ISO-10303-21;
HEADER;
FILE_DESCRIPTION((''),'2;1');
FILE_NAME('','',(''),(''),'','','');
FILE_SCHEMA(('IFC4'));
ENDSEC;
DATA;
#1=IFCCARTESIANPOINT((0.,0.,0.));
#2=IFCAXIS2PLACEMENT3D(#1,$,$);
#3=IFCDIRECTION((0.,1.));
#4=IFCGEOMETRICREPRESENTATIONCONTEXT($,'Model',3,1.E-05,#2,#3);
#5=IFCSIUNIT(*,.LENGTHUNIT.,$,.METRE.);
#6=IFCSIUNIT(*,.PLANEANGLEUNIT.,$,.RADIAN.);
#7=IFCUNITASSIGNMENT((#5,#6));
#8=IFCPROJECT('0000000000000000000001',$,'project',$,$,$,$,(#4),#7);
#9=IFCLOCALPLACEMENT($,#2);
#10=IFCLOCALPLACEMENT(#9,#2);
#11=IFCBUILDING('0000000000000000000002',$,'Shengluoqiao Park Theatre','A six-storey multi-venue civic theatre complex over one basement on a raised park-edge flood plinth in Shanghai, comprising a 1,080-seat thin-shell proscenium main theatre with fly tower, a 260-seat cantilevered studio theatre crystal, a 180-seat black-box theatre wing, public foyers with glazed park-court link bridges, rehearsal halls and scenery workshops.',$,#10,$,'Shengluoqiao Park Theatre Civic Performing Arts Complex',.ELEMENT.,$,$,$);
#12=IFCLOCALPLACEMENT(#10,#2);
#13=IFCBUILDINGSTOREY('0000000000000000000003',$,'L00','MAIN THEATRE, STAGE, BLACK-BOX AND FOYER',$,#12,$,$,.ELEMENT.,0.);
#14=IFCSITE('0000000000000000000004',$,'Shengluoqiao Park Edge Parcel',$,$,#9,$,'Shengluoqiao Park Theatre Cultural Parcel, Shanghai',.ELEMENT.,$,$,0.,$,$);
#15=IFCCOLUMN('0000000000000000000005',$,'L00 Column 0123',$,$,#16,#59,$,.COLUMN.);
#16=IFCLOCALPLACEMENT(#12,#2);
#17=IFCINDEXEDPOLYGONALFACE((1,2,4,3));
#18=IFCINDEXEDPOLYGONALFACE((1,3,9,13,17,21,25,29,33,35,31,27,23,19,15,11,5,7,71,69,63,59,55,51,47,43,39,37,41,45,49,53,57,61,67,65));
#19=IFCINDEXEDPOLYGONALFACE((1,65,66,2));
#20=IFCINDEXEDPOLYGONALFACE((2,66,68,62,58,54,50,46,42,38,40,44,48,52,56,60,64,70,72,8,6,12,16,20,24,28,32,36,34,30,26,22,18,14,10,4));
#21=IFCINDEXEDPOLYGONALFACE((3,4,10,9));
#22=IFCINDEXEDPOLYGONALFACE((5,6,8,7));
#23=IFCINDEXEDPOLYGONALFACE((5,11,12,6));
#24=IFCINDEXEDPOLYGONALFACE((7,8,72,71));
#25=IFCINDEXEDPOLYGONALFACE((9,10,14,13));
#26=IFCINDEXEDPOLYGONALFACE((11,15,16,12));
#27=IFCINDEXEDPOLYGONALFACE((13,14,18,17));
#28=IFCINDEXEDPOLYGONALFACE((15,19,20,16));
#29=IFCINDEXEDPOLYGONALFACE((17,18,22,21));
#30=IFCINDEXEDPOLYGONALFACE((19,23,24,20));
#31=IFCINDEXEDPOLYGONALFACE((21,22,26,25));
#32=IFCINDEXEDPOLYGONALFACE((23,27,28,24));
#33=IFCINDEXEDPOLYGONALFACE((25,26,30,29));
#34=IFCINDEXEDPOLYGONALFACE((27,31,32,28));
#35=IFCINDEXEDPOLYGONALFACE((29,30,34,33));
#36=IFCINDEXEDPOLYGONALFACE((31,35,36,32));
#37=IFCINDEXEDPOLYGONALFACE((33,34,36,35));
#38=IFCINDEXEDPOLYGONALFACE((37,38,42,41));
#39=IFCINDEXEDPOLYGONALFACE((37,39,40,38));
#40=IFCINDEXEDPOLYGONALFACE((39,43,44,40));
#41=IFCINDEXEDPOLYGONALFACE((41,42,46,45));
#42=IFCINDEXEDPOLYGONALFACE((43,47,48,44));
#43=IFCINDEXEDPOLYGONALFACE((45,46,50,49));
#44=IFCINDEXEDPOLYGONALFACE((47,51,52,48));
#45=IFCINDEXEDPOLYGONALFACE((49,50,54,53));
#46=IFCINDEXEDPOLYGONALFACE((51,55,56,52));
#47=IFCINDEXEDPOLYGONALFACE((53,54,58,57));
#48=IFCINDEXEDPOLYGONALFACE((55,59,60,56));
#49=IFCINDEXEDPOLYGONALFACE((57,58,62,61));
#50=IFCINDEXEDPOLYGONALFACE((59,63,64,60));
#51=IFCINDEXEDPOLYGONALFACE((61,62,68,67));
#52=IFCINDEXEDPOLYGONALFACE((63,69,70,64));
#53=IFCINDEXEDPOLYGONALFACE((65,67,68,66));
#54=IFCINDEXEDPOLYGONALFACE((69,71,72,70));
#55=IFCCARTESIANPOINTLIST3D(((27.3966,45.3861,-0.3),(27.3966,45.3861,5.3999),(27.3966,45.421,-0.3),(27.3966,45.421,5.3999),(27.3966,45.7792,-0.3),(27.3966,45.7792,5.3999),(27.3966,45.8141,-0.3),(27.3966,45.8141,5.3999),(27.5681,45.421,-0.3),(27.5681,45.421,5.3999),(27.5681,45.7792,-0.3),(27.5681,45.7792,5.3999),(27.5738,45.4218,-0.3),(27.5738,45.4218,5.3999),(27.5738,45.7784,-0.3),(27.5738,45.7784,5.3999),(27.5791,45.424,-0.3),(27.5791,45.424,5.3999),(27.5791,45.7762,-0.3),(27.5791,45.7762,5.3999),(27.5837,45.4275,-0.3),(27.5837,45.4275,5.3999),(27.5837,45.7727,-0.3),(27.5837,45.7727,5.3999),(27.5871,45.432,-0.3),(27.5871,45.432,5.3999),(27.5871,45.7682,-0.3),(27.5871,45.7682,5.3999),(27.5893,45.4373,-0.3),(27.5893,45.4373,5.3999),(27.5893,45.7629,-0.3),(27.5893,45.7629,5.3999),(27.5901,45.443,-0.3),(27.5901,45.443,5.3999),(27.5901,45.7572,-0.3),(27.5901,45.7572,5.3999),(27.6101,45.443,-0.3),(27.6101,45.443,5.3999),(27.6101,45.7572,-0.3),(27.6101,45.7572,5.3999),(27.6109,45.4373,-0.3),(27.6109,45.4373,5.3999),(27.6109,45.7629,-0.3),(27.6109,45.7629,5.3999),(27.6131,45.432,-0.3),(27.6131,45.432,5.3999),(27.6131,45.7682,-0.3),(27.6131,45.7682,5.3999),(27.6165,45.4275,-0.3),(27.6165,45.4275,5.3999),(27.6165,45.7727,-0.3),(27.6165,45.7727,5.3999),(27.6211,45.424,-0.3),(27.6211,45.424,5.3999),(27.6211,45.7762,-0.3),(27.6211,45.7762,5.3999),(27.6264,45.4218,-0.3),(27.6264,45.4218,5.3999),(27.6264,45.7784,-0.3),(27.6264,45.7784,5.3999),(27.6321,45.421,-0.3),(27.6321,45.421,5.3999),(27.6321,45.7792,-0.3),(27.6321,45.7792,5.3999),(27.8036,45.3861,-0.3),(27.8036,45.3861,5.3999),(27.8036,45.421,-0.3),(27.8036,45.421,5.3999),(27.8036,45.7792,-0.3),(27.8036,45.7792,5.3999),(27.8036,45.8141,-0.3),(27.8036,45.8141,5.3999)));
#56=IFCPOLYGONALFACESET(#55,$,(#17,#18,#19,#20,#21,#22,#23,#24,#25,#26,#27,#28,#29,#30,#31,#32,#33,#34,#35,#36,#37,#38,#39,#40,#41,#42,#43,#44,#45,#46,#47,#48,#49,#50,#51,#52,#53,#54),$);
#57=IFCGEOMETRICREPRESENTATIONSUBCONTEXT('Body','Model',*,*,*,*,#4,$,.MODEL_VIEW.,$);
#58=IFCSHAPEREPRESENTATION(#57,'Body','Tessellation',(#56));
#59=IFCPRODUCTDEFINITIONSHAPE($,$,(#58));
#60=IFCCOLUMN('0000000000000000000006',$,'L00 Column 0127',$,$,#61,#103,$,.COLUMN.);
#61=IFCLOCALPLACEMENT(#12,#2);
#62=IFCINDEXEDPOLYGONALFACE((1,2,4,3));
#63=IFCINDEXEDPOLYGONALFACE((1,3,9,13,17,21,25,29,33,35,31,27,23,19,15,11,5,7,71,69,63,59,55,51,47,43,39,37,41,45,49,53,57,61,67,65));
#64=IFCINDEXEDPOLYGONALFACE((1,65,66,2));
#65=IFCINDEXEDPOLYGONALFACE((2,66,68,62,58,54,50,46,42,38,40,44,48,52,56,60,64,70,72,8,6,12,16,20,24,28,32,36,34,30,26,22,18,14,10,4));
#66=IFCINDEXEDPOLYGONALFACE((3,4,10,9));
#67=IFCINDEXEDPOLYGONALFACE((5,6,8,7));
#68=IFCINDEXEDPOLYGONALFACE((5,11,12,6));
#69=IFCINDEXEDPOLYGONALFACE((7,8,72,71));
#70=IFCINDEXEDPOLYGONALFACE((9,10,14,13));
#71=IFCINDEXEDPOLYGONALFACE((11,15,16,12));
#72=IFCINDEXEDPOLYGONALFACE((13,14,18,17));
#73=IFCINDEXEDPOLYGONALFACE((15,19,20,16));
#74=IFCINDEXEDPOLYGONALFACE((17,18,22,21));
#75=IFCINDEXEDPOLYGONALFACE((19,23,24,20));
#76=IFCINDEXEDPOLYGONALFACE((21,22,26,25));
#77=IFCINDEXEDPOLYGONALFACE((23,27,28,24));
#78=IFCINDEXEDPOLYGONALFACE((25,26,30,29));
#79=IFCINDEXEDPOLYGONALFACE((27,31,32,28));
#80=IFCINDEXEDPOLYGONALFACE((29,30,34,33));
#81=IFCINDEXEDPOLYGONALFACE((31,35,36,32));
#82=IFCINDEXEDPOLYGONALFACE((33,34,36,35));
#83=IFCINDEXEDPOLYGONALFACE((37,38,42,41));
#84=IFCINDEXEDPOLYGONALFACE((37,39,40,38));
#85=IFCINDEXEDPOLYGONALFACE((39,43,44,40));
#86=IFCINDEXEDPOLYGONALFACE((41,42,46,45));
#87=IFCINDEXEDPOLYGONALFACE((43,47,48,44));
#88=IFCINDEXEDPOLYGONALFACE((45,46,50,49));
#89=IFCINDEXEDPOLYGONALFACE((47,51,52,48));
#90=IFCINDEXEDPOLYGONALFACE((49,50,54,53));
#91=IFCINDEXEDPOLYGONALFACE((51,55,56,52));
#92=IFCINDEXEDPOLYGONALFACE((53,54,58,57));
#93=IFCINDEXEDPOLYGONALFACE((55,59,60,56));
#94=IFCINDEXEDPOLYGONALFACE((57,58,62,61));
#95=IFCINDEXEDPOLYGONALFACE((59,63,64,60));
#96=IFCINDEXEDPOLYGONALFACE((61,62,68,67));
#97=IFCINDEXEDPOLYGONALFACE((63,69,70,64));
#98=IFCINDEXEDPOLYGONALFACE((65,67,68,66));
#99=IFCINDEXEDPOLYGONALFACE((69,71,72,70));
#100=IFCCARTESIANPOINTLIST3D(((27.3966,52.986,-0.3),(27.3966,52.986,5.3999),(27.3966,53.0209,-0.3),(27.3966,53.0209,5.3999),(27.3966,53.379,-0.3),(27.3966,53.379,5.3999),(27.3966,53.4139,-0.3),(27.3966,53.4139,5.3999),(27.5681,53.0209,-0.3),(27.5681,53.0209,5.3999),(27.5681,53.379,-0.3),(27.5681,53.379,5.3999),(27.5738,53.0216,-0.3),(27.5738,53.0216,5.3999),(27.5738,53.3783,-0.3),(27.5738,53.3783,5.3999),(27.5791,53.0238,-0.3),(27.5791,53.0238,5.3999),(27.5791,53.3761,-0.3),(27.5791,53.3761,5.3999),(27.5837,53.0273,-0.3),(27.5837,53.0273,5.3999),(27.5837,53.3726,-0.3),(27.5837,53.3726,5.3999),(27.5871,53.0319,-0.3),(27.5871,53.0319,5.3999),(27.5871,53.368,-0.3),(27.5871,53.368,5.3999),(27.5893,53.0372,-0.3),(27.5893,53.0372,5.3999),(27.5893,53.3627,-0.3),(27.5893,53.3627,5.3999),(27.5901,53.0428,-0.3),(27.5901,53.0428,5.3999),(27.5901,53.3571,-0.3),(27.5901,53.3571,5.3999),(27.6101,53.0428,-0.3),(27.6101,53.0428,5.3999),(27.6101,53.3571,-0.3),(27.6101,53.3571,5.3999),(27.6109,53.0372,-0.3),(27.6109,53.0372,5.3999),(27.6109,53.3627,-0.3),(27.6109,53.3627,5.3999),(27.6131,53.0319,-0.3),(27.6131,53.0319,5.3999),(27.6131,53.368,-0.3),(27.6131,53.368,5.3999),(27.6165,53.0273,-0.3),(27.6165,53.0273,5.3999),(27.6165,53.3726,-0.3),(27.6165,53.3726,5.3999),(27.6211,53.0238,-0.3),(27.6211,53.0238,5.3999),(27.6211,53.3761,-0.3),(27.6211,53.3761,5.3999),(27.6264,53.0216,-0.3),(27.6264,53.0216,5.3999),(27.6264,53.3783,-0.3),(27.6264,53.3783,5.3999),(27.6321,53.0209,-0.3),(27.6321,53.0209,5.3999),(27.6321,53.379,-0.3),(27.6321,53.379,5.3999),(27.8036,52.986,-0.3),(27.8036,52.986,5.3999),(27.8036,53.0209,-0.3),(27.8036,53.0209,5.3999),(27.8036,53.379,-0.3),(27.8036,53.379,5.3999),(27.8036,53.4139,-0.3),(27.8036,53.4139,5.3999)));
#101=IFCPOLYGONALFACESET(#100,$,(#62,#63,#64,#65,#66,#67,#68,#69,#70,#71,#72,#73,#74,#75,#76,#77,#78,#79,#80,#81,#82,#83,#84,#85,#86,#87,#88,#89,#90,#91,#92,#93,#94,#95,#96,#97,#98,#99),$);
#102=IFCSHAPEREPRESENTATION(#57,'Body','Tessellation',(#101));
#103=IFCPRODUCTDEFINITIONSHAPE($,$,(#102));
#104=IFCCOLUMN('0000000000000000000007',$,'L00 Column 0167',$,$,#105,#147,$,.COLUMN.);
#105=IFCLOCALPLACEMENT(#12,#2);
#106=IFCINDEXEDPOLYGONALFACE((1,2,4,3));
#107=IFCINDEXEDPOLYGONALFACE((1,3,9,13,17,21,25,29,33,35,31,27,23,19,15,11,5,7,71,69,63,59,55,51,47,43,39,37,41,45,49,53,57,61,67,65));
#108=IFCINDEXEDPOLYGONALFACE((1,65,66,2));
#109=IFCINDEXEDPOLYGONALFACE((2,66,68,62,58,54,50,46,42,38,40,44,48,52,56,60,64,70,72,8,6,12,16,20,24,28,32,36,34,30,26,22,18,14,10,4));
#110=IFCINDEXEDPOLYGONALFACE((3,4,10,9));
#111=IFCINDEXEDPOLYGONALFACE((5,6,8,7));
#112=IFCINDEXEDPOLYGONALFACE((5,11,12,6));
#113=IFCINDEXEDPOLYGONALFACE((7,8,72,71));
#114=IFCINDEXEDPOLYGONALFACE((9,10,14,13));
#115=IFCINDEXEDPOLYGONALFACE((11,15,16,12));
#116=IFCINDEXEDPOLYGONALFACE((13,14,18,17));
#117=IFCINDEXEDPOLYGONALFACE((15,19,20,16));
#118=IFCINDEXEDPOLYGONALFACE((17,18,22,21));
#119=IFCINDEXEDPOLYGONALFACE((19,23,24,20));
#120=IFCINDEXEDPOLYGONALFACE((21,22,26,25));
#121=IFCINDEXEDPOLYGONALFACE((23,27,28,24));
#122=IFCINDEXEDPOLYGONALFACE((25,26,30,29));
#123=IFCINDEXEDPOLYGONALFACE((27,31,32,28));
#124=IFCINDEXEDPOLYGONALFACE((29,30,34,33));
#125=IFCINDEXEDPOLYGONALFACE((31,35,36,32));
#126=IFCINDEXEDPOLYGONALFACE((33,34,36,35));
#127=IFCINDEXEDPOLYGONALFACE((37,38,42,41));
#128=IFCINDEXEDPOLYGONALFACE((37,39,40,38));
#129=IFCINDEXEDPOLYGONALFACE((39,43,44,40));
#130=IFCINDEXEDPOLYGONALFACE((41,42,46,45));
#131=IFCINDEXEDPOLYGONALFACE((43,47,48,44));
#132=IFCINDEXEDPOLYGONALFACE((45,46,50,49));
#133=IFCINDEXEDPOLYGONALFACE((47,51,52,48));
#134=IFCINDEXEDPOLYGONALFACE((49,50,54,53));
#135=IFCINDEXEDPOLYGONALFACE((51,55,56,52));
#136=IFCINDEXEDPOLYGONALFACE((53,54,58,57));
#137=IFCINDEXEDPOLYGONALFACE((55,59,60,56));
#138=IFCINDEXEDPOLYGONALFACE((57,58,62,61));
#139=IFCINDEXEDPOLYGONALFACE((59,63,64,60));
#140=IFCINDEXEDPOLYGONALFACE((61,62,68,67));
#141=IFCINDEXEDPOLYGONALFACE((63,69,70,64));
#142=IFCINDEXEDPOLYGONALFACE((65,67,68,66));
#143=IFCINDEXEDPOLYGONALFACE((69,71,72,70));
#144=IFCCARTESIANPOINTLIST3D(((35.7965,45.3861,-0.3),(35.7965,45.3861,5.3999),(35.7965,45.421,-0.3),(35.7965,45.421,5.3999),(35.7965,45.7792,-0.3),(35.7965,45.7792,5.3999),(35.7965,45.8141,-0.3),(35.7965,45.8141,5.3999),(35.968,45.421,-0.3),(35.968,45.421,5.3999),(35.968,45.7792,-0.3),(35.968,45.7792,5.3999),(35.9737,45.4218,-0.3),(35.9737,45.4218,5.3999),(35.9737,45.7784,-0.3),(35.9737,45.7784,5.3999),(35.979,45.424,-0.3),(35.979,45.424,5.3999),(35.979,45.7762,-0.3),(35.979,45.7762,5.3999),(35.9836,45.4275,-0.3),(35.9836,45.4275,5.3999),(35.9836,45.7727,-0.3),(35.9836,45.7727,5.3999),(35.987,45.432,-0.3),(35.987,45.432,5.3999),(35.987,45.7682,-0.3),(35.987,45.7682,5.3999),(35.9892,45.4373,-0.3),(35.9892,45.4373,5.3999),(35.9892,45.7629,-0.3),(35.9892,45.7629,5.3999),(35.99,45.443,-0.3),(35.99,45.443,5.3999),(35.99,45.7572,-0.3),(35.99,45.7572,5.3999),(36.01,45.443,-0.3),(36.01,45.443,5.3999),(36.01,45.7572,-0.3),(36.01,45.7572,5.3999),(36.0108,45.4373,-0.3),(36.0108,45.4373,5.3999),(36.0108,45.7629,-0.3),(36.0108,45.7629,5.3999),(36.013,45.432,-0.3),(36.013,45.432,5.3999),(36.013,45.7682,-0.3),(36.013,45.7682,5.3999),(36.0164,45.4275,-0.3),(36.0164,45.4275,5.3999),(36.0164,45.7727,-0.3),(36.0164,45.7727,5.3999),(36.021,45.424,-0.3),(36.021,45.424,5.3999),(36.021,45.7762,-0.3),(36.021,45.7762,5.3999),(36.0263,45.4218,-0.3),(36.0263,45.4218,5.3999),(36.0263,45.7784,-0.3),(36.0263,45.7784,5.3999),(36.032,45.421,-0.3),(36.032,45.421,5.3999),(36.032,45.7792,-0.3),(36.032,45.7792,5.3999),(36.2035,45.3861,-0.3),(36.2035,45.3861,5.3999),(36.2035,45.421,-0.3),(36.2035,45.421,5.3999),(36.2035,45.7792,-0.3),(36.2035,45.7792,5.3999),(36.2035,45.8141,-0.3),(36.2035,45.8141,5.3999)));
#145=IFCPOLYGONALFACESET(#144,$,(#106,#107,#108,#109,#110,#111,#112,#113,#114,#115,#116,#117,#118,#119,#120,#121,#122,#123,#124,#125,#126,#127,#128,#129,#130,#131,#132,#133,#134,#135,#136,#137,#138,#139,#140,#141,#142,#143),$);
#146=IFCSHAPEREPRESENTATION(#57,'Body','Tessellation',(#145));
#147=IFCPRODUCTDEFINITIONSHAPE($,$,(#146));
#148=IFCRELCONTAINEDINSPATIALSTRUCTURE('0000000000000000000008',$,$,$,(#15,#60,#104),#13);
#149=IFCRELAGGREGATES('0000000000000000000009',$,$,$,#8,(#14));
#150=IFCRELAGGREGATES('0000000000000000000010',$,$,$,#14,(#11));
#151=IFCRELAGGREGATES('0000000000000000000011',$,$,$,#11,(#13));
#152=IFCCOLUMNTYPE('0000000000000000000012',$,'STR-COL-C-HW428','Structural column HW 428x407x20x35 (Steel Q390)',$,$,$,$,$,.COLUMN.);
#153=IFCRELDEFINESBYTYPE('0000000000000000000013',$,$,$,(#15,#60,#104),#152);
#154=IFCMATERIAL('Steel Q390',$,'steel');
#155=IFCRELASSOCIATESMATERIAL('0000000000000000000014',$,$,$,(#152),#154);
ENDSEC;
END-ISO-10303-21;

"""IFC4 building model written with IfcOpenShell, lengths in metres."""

from ifc_helpers import new_model, si_unit, direction, frame, origin, origin_2d, place, context, subcontext, project, spatial, i_section, extrude, material, material_profile, profile_set, type_object, element, save


model = new_model("IFC4")

# Units and contexts
model_context = context("Model", 3, precision=1e-05, world=origin(), true_north=direction((0.0, 1.0)))
body_context = subcontext(model_context, "Body", "Model", "MODEL_VIEW")
ifc_project = project(units=[si_unit("LENGTHUNIT", "METRE"), si_unit("PLANEANGLEUNIT", "RADIAN")], contexts=[model_context])

# Site, building, storey
site_placement = place(None, origin())
site = spatial("IfcSite", under=ifc_project, at=site_placement, Name="Shengluoqiao Park Edge Parcel", LongName="Shengluoqiao Park Theatre Cultural Parcel, Shanghai", CompositionType="ELEMENT", RefElevation=0.0)
building_placement = place(site_placement, origin())
building = spatial("IfcBuilding", under=site, at=building_placement, Name="Shengluoqiao Park Theatre", Description="A six-storey multi-venue civic theatre complex over one basement on a raised park-edge flood plinth in Shanghai, comprising a 1,080-seat thin-shell proscenium main theatre with fly tower, a 260-seat cantilevered studio theatre crystal, a 180-seat black-box theatre wing, public foyers with glazed park-court link bridges, rehearsal halls and scenery workshops.", LongName="Shengluoqiao Park Theatre Civic Performing Arts Complex", CompositionType="ELEMENT")
storey_placement = place(building_placement, origin())
storey = spatial("IfcBuildingStorey", under=building, at=storey_placement, Name="L00", Description="MAIN THEATRE, STAGE, BLACK-BOX AND FOYER", CompositionType="ELEMENT", Elevation=0.0)

# Columns
ifc_material_1 = material(Name="Steel Q390", Category="steel")
ifc_material_profile_1 = material_profile(ifc_material_1, i_section(OverallWidth=0.407, OverallDepth=0.428, WebThickness=0.02, FlangeThickness=0.0349, FilletRadius=0.022, at=origin_2d()), Name="HW 428x407x20x35")
ifc_profile_set_1 = profile_set([ifc_material_profile_1], Name="Steel Q390")
column_type = type_object("IfcColumnType", Name="STR-COL-C-HW428", Description="Structural column HW 428x407x20x35 (Steel Q390)", PredefinedType="COLUMN", material=ifc_profile_set_1)
for number, where, z_axis, x_axis, name in (
    (1, (27.6001, 45.6001, -0.3), (0.0, 0.0, 1.0), (1.0, 0.0, 0.0), "L00 Column 0123"),
    (2, (27.6001, 53.2, -0.3), (0.0, 0.0, 1.0), (1.0, 0.0, 0.0), "L00 Column 0127"),
    (3, (36.0, 45.6001, -0.3), (0.0, 0.0, 1.0), (1.0, 0.0, 0.0), "L00 Column 0167"),
):
    element("IfcColumn", number, at=place(storey_placement, frame(where, z_axis=z_axis, x_axis=x_axis)), inside=storey, type_object=column_type, Name=name, PredefinedType="COLUMN", context=body_context, shape_type="SweptSolid", body=[
        extrude(i_section(OverallWidth=0.407, OverallDepth=0.428, WebThickness=0.02, FlangeThickness=0.0349, FilletRadius=0.022, at=origin_2d()), origin(), (0.0, 0.0, 1.0), 5.7),
    ])

save(model, "model.ifc")
